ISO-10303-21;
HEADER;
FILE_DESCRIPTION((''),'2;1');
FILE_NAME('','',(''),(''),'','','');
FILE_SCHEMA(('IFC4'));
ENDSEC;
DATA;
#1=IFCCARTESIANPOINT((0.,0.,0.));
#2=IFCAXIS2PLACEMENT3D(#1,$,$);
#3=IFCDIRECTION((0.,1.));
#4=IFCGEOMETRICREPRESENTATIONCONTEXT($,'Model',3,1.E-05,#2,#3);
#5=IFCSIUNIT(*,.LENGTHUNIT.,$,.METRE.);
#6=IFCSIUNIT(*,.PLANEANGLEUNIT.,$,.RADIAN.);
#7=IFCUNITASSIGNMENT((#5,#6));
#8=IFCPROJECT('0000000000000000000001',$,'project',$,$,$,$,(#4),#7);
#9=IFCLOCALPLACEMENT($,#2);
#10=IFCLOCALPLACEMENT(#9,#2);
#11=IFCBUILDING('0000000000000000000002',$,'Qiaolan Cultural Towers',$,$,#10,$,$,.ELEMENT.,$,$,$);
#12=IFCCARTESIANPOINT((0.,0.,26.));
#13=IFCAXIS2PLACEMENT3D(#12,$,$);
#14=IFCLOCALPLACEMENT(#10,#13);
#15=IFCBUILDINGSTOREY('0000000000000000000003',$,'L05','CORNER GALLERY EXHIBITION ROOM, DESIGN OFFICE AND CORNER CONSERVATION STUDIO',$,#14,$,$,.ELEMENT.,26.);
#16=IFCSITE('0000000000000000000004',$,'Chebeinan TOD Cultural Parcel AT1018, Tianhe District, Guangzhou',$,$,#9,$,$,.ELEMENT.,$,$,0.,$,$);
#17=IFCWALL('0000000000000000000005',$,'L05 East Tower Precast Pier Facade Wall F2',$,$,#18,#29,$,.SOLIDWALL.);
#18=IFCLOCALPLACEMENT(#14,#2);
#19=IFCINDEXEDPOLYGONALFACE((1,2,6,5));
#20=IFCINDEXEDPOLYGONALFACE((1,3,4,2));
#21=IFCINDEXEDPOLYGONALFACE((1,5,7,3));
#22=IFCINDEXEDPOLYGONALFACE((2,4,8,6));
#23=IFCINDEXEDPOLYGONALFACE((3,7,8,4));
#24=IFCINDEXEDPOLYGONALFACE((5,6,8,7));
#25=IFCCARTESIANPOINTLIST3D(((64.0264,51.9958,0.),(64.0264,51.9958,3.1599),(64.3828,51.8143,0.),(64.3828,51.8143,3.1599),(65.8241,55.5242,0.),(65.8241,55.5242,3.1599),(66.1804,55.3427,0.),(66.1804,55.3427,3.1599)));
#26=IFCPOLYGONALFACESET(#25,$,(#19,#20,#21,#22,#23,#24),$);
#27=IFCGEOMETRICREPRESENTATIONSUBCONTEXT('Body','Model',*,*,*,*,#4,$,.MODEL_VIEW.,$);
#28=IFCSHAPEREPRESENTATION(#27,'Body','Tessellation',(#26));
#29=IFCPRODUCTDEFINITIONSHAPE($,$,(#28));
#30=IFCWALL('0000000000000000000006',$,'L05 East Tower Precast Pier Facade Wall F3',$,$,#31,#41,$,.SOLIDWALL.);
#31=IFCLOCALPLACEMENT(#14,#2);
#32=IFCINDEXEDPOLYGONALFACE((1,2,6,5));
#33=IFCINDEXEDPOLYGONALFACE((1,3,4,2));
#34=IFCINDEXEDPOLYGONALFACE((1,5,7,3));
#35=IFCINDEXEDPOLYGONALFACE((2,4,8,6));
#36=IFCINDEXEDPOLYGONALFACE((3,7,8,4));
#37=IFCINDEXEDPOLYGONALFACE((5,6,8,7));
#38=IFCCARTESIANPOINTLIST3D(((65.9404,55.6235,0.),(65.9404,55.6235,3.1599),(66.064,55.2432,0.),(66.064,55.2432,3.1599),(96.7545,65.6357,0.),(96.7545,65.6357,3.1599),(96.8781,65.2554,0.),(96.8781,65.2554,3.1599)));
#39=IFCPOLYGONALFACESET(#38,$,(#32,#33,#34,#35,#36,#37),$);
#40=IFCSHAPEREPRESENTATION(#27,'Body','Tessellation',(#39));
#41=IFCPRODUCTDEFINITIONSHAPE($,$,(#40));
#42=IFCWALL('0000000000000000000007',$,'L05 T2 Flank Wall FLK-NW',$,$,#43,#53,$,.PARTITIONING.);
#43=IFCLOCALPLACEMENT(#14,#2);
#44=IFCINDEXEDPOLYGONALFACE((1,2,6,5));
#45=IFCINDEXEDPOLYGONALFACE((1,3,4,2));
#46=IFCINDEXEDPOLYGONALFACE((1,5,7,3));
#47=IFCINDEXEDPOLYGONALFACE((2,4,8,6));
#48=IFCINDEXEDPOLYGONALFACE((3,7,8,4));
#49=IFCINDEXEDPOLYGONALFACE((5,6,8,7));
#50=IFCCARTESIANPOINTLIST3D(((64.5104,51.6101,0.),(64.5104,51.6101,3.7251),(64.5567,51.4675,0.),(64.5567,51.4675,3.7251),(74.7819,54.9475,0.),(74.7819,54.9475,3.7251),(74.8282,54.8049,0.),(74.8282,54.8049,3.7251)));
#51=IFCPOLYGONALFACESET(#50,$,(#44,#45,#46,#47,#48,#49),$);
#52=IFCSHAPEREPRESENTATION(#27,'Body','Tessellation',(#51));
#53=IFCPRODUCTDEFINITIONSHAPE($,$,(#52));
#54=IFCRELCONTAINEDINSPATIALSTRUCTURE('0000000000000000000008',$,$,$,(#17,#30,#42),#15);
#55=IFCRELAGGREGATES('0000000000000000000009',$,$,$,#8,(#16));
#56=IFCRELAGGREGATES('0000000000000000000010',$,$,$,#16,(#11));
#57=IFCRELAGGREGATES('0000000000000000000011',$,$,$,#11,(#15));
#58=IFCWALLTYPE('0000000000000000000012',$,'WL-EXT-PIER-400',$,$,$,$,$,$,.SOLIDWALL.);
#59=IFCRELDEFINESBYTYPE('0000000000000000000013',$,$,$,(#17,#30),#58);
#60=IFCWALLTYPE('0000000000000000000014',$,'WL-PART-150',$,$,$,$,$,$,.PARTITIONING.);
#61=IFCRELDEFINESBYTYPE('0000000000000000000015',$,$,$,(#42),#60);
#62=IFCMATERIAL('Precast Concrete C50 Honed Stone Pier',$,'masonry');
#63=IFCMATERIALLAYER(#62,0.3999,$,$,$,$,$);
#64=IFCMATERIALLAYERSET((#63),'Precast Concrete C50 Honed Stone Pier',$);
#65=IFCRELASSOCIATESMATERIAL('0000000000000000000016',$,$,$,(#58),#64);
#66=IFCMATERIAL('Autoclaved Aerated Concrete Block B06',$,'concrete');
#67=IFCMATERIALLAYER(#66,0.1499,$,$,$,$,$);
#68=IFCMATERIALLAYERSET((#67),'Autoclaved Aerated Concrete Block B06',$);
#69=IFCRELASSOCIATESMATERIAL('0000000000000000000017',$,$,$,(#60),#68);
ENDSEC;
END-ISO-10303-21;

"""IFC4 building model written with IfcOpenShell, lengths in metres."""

from ifc_helpers import new_model, si_unit, direction, frame, frame_2d, origin, place, context, subcontext, project, spatial, rectangle, extrude, material, layer, layer_set, type_object, element, save


model = new_model("IFC4")

# Units and contexts
model_context = context("Model", 3, precision=1e-05, world=origin(), true_north=direction((0.0, 1.0)))
body_context = subcontext(model_context, "Body", "Model", "MODEL_VIEW")
ifc_project = project(units=[si_unit("LENGTHUNIT", "METRE"), si_unit("PLANEANGLEUNIT", "RADIAN")], contexts=[model_context])

# Site, building, storey
site_placement = place(None, origin())
site = spatial("IfcSite", under=ifc_project, at=site_placement, Name="Chebeinan TOD Cultural Parcel AT1018, Tianhe District, Guangzhou", CompositionType="ELEMENT", RefElevation=0.0)
building_placement = place(site_placement, origin())
building = spatial("IfcBuilding", under=site, at=building_placement, Name="Qiaolan Cultural Towers", CompositionType="ELEMENT")
storey_placement = place(building_placement, frame((0.0, 0.0, 26.0)))
storey = spatial("IfcBuildingStorey", under=building, at=storey_placement, Name="L05", Description="CORNER GALLERY EXHIBITION ROOM, DESIGN OFFICE AND CORNER CONSERVATION STUDIO", CompositionType="ELEMENT", Elevation=26.0)

# Shared definitions
ifc_material_1 = material(Name="Precast Concrete C50 Honed Stone Pier", Category="masonry")
ifc_layer_1 = layer(ifc_material_1, 0.3999)
ifc_layer_set_1 = layer_set([ifc_layer_1], Name="Precast Concrete C50 Honed Stone Pier")
wall_type_1 = type_object("IfcWallType", Name="WL-EXT-PIER-400", PredefinedType="SOLIDWALL", material=ifc_layer_set_1)

# Walls
wall_1_placement = place(storey_placement, frame((64.2046, 51.905, 0.0), z_axis=(0.0, 0.0, 1.0), x_axis=(0.453958, 0.891023, 0.0)))
element("IfcWall", 1, at=wall_1_placement, inside=storey, type_object=wall_type_1, Name="L05 East Tower Precast Pier Facade Wall F2", PredefinedType="SOLIDWALL", context=body_context, shape_type="SweptSolid", body=[
    extrude(rectangle(XDim=3.96, YDim=0.3999, at=frame_2d((1.98, 0.0))), origin(), (0.0, 0.0, 1.0), 3.1599),
])
wall_2_placement = place(storey_placement, frame((66.0022, 55.4333, 0.0), z_axis=(0.0, 0.0, 1.0), x_axis=(0.951056, 0.309019, 0.0)))
element("IfcWall", 2, at=wall_2_placement, inside=storey, type_object=wall_type_1, Name="L05 East Tower Precast Pier Facade Wall F3", PredefinedType="SOLIDWALL", context=body_context, shape_type="SweptSolid", body=[
    extrude(rectangle(XDim=32.3999, YDim=0.3999, at=frame_2d((16.2, 0.0))), origin(), (0.0, 0.0, 1.0), 3.1599),
])
ifc_material_2 = material(Name="Autoclaved Aerated Concrete Block B06", Category="concrete")
ifc_layer_2 = layer(ifc_material_2, 0.1499)
ifc_layer_set_2 = layer_set([ifc_layer_2], Name="Autoclaved Aerated Concrete Block B06")
wall_type_2 = type_object("IfcWallType", Name="WL-PART-150", PredefinedType="PARTITIONING", material=ifc_layer_set_2)
wall_3_placement = place(storey_placement, frame((64.5337, 51.5388, 0.0), z_axis=(0.0, 0.0, 1.0), x_axis=(0.951057, 0.309017, 0.0)))
element("IfcWall", 3, at=wall_3_placement, inside=storey, type_object=wall_type_2, Name="L05 T2 Flank Wall FLK-NW", PredefinedType="PARTITIONING", context=body_context, shape_type="SweptSolid", body=[
    extrude(rectangle(XDim=10.8, YDim=0.1499, at=frame_2d((5.3999, 0.0))), origin(), (0.0, 0.0, 1.0), 3.7251),
])

save(model, "model.ifc")
